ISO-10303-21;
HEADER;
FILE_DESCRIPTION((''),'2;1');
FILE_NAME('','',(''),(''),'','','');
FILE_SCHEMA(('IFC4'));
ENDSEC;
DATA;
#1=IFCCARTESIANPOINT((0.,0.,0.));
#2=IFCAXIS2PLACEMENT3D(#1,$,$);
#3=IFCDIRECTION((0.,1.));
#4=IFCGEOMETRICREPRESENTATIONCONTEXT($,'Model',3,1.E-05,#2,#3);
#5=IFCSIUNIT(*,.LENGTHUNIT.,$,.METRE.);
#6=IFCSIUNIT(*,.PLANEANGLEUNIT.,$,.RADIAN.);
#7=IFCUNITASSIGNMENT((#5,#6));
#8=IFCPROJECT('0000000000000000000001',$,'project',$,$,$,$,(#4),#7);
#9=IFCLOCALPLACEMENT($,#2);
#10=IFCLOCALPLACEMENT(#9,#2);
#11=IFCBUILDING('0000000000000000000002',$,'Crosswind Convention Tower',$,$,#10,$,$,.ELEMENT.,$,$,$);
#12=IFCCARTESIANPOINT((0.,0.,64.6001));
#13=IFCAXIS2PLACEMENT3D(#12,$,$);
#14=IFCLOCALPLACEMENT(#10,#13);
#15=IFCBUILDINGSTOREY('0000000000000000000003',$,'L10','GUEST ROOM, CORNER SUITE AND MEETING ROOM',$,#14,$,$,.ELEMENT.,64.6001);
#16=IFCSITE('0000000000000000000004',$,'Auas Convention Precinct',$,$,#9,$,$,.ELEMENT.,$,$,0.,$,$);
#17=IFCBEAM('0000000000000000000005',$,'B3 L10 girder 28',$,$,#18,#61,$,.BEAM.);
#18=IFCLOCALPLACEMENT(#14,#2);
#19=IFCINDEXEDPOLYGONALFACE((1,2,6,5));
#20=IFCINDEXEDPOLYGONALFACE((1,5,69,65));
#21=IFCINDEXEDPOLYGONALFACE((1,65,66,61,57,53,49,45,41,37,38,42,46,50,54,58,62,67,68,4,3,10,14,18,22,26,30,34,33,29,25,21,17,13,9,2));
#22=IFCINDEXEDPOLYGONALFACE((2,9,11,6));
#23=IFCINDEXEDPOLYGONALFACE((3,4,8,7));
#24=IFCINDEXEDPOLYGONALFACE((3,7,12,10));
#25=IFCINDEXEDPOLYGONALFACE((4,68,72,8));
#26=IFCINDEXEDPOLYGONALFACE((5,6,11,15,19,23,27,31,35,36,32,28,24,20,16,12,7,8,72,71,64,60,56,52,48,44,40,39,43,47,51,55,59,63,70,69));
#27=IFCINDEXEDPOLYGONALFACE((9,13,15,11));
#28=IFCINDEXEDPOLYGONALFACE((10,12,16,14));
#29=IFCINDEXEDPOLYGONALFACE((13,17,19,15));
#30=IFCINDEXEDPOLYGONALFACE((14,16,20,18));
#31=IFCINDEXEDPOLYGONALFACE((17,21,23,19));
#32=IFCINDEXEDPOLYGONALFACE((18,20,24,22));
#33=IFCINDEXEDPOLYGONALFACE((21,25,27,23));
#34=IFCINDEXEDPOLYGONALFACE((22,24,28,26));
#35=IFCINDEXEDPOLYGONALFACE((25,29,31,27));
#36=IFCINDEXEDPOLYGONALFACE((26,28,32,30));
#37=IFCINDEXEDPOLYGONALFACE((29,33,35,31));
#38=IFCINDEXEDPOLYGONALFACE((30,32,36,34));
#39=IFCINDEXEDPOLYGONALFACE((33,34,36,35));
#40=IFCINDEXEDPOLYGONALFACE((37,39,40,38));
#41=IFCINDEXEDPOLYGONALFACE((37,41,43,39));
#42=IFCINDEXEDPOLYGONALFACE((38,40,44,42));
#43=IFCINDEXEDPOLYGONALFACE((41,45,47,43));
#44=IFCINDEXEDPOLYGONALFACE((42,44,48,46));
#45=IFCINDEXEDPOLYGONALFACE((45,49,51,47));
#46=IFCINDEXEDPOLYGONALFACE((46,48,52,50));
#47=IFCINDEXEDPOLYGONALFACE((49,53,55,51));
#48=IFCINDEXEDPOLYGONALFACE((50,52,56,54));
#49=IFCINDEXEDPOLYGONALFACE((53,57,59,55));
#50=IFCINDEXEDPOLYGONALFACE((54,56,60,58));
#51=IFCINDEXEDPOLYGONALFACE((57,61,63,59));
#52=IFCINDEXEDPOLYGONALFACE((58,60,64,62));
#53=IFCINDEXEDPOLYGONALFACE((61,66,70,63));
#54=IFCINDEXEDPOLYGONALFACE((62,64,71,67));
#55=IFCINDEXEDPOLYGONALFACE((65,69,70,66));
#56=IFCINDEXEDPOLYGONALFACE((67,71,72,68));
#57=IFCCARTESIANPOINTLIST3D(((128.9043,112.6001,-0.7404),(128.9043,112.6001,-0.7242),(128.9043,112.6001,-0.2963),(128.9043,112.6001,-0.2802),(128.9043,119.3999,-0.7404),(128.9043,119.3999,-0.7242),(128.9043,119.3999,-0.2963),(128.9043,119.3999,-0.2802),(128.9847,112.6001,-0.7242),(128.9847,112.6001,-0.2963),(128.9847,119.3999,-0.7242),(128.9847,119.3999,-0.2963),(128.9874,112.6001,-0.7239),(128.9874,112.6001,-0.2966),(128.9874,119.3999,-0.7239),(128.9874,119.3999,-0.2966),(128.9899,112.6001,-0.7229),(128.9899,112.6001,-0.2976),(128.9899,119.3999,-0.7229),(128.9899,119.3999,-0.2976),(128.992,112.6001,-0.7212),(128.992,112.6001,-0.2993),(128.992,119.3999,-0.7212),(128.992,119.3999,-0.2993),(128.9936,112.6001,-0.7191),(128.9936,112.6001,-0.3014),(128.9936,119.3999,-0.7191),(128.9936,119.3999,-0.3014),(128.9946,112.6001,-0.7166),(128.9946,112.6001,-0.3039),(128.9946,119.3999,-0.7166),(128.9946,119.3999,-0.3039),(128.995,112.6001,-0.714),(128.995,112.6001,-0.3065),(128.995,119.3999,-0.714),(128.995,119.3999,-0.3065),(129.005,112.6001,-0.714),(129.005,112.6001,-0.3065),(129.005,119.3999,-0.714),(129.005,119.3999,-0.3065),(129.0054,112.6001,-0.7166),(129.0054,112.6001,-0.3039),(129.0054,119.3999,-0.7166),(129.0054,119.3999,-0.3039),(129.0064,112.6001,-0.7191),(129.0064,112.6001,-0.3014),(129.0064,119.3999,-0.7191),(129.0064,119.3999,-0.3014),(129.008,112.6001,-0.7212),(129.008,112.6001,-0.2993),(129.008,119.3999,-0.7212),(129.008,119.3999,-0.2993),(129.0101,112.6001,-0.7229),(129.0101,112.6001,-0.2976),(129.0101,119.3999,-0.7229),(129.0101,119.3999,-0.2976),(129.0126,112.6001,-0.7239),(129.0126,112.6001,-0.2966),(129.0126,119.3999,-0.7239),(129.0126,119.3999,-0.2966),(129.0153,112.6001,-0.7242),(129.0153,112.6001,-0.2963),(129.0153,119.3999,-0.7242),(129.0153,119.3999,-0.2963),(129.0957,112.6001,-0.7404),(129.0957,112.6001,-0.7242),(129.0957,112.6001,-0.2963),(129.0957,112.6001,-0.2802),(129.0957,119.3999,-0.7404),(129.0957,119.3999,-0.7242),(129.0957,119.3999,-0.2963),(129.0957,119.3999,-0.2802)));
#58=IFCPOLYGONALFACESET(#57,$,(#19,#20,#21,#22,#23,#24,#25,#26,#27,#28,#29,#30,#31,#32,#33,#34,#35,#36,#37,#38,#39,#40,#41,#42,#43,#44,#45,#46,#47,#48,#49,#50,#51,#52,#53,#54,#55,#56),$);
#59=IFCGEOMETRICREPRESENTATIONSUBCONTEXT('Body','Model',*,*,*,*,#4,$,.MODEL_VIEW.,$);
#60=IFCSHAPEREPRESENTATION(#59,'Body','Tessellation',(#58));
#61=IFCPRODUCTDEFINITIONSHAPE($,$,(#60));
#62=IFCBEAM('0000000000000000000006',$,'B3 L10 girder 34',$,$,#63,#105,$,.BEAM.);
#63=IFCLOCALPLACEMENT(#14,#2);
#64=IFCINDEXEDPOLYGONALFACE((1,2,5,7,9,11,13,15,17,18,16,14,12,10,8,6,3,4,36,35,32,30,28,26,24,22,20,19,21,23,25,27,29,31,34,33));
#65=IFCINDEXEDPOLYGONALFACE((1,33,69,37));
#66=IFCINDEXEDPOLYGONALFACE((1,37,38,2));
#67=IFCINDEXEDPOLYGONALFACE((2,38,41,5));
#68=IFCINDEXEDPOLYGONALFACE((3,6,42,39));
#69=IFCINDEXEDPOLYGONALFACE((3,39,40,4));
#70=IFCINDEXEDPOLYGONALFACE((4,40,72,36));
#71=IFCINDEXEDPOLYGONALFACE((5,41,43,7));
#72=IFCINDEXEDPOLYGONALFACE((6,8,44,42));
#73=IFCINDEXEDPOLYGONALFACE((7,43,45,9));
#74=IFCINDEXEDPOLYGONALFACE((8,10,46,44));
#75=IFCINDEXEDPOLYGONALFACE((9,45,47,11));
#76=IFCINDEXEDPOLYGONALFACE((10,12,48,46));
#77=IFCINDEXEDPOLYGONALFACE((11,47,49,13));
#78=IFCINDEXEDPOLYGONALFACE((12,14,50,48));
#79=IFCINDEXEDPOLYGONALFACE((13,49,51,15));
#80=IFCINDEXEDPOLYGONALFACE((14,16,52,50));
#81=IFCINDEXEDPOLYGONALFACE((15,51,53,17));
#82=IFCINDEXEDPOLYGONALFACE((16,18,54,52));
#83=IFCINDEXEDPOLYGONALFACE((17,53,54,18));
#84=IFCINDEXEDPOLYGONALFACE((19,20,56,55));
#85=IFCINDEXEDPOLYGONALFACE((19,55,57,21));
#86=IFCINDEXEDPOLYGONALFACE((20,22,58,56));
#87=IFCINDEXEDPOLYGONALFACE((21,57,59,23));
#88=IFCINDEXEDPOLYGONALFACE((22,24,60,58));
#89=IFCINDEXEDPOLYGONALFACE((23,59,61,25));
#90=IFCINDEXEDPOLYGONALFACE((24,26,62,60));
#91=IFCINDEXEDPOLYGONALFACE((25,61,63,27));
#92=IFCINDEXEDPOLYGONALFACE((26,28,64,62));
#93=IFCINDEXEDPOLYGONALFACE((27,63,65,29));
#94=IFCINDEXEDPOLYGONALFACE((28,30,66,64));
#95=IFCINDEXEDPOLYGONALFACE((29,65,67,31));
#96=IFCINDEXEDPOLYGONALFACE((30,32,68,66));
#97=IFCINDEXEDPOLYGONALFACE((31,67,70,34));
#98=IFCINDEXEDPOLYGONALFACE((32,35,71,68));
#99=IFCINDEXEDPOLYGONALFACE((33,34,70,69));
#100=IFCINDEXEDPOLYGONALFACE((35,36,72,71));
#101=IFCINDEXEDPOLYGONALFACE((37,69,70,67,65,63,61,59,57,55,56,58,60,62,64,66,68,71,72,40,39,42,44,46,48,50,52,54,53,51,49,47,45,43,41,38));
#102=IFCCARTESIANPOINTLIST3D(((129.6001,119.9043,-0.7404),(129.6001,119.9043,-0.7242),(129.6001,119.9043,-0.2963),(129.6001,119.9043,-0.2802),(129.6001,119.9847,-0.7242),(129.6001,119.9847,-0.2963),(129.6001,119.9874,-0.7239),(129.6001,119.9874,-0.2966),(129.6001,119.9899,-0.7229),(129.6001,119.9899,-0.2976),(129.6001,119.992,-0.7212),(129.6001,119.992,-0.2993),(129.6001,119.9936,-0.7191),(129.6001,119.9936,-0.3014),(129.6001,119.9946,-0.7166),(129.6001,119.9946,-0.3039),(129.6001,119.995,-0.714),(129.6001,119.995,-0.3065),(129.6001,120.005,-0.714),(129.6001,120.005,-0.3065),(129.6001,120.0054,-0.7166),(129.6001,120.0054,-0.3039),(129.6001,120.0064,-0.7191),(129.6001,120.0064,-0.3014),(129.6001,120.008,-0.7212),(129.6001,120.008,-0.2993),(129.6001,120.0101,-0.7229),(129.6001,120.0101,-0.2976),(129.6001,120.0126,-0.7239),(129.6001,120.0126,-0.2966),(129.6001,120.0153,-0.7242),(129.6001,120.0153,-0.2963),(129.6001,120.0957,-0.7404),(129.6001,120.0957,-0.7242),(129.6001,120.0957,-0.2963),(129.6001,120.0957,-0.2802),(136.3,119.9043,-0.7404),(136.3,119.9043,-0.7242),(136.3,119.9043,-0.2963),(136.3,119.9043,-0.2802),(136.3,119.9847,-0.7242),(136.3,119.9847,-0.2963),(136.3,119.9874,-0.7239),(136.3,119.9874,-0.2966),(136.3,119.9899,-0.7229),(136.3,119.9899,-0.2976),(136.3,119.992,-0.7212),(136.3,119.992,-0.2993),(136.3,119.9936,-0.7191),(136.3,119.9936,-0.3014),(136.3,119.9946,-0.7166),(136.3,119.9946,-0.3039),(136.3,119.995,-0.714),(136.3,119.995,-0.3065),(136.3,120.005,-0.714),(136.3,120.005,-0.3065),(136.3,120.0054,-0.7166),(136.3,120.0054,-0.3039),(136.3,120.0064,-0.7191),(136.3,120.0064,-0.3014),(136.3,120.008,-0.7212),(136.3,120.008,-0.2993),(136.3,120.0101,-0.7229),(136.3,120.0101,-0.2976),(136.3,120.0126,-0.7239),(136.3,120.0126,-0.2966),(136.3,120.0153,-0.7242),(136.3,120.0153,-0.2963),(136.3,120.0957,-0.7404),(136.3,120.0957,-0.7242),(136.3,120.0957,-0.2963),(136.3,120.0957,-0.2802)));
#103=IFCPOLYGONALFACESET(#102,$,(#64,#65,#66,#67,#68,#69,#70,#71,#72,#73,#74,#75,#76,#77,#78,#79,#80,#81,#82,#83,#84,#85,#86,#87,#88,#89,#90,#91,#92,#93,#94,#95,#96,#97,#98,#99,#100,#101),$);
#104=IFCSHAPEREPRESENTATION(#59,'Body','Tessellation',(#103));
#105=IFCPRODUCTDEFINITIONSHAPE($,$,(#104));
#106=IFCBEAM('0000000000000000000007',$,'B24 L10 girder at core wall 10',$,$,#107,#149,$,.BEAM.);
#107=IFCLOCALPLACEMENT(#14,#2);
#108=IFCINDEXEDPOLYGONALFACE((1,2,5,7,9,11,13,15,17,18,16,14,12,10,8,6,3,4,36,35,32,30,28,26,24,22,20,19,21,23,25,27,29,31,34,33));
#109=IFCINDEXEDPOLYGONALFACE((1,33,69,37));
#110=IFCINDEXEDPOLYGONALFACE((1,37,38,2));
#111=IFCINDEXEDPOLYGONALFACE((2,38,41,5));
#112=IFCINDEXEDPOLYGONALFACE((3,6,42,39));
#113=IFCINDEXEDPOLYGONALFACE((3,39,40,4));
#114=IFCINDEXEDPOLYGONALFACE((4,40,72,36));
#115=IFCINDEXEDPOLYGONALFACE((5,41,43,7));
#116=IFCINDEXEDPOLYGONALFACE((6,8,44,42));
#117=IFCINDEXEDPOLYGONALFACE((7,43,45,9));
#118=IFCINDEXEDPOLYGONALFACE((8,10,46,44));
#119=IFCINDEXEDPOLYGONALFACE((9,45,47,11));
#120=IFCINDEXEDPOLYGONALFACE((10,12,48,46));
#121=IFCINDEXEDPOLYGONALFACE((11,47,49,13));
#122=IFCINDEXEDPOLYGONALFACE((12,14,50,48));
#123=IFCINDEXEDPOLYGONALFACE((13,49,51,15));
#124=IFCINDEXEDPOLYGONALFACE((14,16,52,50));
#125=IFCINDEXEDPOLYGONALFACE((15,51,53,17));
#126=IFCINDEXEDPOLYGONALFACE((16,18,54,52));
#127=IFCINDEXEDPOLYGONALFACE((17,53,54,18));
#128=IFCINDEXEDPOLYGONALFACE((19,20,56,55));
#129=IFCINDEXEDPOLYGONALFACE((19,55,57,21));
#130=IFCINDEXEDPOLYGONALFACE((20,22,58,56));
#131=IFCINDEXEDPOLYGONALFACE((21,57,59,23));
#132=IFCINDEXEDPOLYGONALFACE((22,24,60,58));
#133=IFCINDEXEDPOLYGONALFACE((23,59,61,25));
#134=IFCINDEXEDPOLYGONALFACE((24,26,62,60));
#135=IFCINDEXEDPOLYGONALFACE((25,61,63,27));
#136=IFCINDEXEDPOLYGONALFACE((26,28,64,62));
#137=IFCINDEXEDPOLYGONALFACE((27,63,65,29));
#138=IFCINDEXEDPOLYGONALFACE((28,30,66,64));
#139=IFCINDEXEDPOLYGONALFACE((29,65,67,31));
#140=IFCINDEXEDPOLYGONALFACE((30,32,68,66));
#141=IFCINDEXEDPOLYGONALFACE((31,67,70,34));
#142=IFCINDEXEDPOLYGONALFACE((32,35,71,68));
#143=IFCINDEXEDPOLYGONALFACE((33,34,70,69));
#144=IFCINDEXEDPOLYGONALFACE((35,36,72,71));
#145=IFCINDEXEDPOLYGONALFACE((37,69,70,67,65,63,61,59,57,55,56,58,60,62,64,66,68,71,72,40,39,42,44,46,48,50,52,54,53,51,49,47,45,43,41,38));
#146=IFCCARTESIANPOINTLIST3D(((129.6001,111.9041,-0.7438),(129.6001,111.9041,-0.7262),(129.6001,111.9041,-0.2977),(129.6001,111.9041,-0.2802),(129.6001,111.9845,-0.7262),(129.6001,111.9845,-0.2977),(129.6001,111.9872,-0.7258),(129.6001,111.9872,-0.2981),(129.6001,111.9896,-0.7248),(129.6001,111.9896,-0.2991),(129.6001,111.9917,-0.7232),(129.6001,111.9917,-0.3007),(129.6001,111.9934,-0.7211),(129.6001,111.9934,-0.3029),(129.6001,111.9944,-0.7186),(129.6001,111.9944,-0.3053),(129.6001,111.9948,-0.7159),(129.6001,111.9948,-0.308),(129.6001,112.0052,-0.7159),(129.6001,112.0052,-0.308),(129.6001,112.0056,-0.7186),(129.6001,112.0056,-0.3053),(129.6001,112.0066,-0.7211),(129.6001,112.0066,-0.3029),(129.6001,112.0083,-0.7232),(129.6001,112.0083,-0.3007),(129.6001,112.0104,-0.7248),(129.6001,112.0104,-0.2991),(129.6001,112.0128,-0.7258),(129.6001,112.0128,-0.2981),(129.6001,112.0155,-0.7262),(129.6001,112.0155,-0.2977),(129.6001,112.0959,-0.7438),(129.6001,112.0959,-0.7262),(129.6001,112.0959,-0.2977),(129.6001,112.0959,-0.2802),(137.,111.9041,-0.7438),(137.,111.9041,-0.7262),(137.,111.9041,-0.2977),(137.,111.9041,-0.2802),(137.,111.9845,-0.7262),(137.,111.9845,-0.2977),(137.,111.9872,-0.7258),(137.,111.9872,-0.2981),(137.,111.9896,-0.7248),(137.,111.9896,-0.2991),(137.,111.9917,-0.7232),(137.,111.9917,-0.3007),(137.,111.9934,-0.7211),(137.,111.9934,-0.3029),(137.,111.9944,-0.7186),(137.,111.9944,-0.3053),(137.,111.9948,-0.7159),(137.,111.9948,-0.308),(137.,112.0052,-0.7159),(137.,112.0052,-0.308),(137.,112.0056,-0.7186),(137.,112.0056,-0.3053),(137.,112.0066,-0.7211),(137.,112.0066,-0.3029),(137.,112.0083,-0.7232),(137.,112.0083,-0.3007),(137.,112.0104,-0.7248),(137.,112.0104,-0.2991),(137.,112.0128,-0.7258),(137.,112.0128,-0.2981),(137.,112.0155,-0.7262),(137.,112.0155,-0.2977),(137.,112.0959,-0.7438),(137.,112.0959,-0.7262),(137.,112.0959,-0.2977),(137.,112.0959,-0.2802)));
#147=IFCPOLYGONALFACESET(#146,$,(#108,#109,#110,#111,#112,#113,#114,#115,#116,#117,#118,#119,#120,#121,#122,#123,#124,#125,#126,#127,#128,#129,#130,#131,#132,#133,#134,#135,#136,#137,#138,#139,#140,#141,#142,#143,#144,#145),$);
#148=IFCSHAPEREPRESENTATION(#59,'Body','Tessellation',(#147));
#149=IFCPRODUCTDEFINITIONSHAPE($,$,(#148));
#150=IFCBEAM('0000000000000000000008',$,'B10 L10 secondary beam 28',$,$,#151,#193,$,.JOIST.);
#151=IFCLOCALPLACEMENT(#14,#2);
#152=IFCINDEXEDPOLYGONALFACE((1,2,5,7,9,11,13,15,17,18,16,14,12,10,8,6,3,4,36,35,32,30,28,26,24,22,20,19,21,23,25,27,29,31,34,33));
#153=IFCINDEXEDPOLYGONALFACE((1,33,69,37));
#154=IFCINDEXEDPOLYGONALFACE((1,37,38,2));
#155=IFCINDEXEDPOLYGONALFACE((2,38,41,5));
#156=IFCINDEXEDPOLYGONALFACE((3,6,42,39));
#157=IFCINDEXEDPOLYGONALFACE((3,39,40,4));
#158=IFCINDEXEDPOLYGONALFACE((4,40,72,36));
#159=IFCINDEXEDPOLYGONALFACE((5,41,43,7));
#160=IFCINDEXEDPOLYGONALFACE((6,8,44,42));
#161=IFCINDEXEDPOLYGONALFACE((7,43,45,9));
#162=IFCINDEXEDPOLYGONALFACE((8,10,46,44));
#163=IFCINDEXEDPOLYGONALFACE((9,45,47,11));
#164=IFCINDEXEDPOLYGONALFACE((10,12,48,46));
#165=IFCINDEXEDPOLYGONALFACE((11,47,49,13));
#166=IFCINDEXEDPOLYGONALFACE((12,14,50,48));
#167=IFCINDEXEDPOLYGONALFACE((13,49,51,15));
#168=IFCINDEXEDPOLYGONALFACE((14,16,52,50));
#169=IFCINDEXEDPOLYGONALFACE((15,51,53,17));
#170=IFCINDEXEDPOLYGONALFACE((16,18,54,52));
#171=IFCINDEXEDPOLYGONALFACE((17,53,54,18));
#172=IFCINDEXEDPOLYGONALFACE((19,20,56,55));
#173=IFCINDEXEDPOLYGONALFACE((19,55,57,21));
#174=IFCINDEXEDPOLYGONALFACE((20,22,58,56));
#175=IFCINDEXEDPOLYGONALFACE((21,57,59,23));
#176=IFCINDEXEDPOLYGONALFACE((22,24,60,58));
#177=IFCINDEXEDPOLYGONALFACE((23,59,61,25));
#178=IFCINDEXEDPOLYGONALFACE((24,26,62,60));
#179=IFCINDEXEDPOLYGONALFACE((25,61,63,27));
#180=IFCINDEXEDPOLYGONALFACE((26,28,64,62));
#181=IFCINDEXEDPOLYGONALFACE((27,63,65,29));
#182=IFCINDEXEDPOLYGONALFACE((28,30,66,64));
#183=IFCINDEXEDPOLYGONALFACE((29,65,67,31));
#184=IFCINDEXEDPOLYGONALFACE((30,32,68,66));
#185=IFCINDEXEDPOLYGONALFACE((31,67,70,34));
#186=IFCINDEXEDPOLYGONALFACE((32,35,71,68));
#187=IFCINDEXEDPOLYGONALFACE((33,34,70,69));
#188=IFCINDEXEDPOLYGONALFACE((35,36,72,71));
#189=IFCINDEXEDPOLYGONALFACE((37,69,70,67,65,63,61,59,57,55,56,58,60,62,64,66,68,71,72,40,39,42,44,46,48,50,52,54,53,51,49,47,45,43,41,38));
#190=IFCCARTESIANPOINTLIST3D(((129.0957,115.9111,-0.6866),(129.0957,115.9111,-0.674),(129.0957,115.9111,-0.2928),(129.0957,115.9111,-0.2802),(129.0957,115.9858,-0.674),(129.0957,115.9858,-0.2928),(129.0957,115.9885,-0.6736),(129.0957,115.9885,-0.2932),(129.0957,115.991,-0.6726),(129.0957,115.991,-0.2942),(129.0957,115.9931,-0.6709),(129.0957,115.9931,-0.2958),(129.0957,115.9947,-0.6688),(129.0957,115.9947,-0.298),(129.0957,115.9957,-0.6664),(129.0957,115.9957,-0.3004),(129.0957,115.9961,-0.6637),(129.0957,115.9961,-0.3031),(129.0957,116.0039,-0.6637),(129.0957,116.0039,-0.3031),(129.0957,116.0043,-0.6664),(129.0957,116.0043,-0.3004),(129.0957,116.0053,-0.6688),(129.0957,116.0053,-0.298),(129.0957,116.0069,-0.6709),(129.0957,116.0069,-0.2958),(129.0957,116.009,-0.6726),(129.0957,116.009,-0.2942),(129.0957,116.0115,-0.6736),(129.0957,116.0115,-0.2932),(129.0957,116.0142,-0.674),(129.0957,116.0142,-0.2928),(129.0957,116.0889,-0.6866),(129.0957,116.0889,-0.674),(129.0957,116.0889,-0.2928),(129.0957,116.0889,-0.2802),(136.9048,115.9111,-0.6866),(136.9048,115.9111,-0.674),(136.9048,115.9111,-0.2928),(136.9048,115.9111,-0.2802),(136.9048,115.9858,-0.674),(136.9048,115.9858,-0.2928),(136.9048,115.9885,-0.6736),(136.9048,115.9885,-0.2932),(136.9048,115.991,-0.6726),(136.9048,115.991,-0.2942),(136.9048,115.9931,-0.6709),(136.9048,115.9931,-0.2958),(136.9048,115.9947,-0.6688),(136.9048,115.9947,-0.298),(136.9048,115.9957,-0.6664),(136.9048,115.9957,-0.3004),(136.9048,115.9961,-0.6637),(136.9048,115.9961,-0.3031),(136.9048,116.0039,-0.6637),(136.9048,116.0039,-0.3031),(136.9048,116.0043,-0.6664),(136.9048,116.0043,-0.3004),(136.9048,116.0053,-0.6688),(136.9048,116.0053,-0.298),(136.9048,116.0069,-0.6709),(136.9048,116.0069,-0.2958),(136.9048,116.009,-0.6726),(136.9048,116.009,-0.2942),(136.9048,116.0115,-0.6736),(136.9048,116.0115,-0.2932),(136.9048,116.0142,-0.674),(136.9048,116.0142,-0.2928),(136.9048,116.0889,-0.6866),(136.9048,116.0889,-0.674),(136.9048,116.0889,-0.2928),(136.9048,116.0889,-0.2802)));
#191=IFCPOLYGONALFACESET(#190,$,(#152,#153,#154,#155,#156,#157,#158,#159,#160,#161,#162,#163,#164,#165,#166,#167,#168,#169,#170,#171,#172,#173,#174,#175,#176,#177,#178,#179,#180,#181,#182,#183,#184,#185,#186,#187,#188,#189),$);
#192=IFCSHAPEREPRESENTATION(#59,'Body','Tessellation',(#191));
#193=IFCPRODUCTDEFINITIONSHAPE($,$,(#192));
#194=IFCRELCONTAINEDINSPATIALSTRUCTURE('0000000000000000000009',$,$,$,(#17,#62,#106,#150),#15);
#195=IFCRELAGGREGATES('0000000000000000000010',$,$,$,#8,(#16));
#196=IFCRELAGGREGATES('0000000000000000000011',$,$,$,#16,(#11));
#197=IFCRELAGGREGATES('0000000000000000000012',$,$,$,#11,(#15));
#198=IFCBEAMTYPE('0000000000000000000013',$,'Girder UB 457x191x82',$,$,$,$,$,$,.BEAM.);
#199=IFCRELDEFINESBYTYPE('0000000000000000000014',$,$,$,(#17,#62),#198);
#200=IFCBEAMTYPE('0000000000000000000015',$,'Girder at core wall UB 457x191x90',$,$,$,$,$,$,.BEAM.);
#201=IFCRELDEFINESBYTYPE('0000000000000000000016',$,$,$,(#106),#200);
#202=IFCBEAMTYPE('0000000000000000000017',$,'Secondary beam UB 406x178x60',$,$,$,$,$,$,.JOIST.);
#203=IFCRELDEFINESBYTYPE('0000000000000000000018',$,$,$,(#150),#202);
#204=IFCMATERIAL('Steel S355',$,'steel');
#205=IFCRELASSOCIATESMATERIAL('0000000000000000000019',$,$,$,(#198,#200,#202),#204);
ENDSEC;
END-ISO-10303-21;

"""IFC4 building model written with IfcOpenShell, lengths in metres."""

from ifc_helpers import new_model, si_unit, direction, frame, origin, origin_2d, place, context, subcontext, project, spatial, i_section, extrude, material, material_profile, profile_set, type_object, element, save


model = new_model("IFC4")

# Units and contexts
model_context = context("Model", 3, precision=1e-05, world=origin(), true_north=direction((0.0, 1.0)))
body_context = subcontext(model_context, "Body", "Model", "MODEL_VIEW")
ifc_project = project(units=[si_unit("LENGTHUNIT", "METRE"), si_unit("PLANEANGLEUNIT", "RADIAN")], contexts=[model_context])

# Site, building, storey
site_placement = place(None, origin())
site = spatial("IfcSite", under=ifc_project, at=site_placement, Name="Auas Convention Precinct", CompositionType="ELEMENT", RefElevation=0.0)
building_placement = place(site_placement, origin())
building = spatial("IfcBuilding", under=site, at=building_placement, Name="Crosswind Convention Tower", CompositionType="ELEMENT")
storey_placement = place(building_placement, frame((0.0, 0.0, 64.6001)))
storey = spatial("IfcBuildingStorey", under=building, at=storey_placement, Name="L10", Description="GUEST ROOM, CORNER SUITE AND MEETING ROOM", CompositionType="ELEMENT", Elevation=64.6001)

# Beams
ifc_material_1 = material(Name="Steel S355", Category="steel")
ifc_material_profile_1 = material_profile(ifc_material_1, i_section(OverallWidth=0.1914, OverallDepth=0.4602, WebThickness=0.01, FlangeThickness=0.0161, FilletRadius=0.0103, at=origin_2d()), Name="UB 457x191x82")
ifc_profile_set_1 = profile_set([ifc_material_profile_1], Name="Steel S355")
beam_type_1 = type_object("IfcBeamType", Name="Girder UB 457x191x82", PredefinedType="BEAM", material=ifc_profile_set_1)
for number, where, z_axis, x_axis, name in (
    (1, (129.0, 112.6001, -0.5103), (0.0, 1.0, 0.0), (-1.0, 0.0, 0.0), "B3 L10 girder 28"),
):
    element("IfcBeam", number, at=place(storey_placement, frame(where, z_axis=z_axis, x_axis=x_axis)), inside=storey, type_object=beam_type_1, Name=name, PredefinedType="BEAM", context=body_context, shape_type="SweptSolid", body=[
        extrude(i_section(OverallWidth=0.1914, OverallDepth=0.4602, WebThickness=0.01, FlangeThickness=0.0161, FilletRadius=0.0103, at=origin_2d()), origin(), (0.0, 0.0, 1.0), 6.7998),
    ])
beam_1_placement = place(storey_placement, frame((129.6001, 120.0, -0.5103), z_axis=(1.0, 0.0, 0.0), x_axis=(0.0, 1.0, 0.0)))
element("IfcBeam", 2, at=beam_1_placement, inside=storey, type_object=beam_type_1, Name="B3 L10 girder 34", PredefinedType="BEAM", context=body_context, shape_type="SweptSolid", body=[
    extrude(i_section(OverallWidth=0.1914, OverallDepth=0.4602, WebThickness=0.01, FlangeThickness=0.0161, FilletRadius=0.0103, at=origin_2d()), origin(), (0.0, 0.0, 1.0), 6.7),
])
ifc_material_profile_2 = material_profile(ifc_material_1, i_section(OverallWidth=0.1919, OverallDepth=0.4636, WebThickness=0.0105, FlangeThickness=0.0176, FilletRadius=0.0103, at=origin_2d()), Name="UB 457x191x90")
ifc_profile_set_2 = profile_set([ifc_material_profile_2], Name="Steel S355")
beam_type_2 = type_object("IfcBeamType", Name="Girder at core wall UB 457x191x90", PredefinedType="BEAM", material=ifc_profile_set_2)
beam_2_placement = place(storey_placement, frame((129.6001, 112.0, -0.512), z_axis=(1.0, 0.0, 0.0), x_axis=(0.0, 1.0, 0.0)))
element("IfcBeam", 3, at=beam_2_placement, inside=storey, type_object=beam_type_2, Name="B24 L10 girder at core wall 10", PredefinedType="BEAM", context=body_context, shape_type="SweptSolid", body=[
    extrude(i_section(OverallWidth=0.1919, OverallDepth=0.4636, WebThickness=0.0105, FlangeThickness=0.0176, FilletRadius=0.0103, at=origin_2d()), origin(), (0.0, 0.0, 1.0), 7.3999),
])
ifc_material_profile_3 = material_profile(ifc_material_1, i_section(OverallWidth=0.1777, OverallDepth=0.4065, WebThickness=0.0078, FlangeThickness=0.0127, FilletRadius=0.0103, at=origin_2d()), Name="UB 406x178x60")
ifc_profile_set_3 = profile_set([ifc_material_profile_3], Name="Steel S355")
beam_type_3 = type_object("IfcBeamType", Name="Secondary beam UB 406x178x60", PredefinedType="JOIST", material=ifc_profile_set_3)
beam_3_placement = place(storey_placement, frame((129.0957, 116.0, -0.4834), z_axis=(1.0, 0.0, 0.0), x_axis=(0.0, 1.0, 0.0)))
element("IfcBeam", 4, at=beam_3_placement, inside=storey, type_object=beam_type_3, Name="B10 L10 secondary beam 28", PredefinedType="JOIST", context=body_context, shape_type="SweptSolid", body=[
    extrude(i_section(OverallWidth=0.1777, OverallDepth=0.4065, WebThickness=0.0078, FlangeThickness=0.0127, FilletRadius=0.0103, at=origin_2d()), origin(), (0.0, 0.0, 1.0), 7.8091),
])

save(model, "model.ifc")
